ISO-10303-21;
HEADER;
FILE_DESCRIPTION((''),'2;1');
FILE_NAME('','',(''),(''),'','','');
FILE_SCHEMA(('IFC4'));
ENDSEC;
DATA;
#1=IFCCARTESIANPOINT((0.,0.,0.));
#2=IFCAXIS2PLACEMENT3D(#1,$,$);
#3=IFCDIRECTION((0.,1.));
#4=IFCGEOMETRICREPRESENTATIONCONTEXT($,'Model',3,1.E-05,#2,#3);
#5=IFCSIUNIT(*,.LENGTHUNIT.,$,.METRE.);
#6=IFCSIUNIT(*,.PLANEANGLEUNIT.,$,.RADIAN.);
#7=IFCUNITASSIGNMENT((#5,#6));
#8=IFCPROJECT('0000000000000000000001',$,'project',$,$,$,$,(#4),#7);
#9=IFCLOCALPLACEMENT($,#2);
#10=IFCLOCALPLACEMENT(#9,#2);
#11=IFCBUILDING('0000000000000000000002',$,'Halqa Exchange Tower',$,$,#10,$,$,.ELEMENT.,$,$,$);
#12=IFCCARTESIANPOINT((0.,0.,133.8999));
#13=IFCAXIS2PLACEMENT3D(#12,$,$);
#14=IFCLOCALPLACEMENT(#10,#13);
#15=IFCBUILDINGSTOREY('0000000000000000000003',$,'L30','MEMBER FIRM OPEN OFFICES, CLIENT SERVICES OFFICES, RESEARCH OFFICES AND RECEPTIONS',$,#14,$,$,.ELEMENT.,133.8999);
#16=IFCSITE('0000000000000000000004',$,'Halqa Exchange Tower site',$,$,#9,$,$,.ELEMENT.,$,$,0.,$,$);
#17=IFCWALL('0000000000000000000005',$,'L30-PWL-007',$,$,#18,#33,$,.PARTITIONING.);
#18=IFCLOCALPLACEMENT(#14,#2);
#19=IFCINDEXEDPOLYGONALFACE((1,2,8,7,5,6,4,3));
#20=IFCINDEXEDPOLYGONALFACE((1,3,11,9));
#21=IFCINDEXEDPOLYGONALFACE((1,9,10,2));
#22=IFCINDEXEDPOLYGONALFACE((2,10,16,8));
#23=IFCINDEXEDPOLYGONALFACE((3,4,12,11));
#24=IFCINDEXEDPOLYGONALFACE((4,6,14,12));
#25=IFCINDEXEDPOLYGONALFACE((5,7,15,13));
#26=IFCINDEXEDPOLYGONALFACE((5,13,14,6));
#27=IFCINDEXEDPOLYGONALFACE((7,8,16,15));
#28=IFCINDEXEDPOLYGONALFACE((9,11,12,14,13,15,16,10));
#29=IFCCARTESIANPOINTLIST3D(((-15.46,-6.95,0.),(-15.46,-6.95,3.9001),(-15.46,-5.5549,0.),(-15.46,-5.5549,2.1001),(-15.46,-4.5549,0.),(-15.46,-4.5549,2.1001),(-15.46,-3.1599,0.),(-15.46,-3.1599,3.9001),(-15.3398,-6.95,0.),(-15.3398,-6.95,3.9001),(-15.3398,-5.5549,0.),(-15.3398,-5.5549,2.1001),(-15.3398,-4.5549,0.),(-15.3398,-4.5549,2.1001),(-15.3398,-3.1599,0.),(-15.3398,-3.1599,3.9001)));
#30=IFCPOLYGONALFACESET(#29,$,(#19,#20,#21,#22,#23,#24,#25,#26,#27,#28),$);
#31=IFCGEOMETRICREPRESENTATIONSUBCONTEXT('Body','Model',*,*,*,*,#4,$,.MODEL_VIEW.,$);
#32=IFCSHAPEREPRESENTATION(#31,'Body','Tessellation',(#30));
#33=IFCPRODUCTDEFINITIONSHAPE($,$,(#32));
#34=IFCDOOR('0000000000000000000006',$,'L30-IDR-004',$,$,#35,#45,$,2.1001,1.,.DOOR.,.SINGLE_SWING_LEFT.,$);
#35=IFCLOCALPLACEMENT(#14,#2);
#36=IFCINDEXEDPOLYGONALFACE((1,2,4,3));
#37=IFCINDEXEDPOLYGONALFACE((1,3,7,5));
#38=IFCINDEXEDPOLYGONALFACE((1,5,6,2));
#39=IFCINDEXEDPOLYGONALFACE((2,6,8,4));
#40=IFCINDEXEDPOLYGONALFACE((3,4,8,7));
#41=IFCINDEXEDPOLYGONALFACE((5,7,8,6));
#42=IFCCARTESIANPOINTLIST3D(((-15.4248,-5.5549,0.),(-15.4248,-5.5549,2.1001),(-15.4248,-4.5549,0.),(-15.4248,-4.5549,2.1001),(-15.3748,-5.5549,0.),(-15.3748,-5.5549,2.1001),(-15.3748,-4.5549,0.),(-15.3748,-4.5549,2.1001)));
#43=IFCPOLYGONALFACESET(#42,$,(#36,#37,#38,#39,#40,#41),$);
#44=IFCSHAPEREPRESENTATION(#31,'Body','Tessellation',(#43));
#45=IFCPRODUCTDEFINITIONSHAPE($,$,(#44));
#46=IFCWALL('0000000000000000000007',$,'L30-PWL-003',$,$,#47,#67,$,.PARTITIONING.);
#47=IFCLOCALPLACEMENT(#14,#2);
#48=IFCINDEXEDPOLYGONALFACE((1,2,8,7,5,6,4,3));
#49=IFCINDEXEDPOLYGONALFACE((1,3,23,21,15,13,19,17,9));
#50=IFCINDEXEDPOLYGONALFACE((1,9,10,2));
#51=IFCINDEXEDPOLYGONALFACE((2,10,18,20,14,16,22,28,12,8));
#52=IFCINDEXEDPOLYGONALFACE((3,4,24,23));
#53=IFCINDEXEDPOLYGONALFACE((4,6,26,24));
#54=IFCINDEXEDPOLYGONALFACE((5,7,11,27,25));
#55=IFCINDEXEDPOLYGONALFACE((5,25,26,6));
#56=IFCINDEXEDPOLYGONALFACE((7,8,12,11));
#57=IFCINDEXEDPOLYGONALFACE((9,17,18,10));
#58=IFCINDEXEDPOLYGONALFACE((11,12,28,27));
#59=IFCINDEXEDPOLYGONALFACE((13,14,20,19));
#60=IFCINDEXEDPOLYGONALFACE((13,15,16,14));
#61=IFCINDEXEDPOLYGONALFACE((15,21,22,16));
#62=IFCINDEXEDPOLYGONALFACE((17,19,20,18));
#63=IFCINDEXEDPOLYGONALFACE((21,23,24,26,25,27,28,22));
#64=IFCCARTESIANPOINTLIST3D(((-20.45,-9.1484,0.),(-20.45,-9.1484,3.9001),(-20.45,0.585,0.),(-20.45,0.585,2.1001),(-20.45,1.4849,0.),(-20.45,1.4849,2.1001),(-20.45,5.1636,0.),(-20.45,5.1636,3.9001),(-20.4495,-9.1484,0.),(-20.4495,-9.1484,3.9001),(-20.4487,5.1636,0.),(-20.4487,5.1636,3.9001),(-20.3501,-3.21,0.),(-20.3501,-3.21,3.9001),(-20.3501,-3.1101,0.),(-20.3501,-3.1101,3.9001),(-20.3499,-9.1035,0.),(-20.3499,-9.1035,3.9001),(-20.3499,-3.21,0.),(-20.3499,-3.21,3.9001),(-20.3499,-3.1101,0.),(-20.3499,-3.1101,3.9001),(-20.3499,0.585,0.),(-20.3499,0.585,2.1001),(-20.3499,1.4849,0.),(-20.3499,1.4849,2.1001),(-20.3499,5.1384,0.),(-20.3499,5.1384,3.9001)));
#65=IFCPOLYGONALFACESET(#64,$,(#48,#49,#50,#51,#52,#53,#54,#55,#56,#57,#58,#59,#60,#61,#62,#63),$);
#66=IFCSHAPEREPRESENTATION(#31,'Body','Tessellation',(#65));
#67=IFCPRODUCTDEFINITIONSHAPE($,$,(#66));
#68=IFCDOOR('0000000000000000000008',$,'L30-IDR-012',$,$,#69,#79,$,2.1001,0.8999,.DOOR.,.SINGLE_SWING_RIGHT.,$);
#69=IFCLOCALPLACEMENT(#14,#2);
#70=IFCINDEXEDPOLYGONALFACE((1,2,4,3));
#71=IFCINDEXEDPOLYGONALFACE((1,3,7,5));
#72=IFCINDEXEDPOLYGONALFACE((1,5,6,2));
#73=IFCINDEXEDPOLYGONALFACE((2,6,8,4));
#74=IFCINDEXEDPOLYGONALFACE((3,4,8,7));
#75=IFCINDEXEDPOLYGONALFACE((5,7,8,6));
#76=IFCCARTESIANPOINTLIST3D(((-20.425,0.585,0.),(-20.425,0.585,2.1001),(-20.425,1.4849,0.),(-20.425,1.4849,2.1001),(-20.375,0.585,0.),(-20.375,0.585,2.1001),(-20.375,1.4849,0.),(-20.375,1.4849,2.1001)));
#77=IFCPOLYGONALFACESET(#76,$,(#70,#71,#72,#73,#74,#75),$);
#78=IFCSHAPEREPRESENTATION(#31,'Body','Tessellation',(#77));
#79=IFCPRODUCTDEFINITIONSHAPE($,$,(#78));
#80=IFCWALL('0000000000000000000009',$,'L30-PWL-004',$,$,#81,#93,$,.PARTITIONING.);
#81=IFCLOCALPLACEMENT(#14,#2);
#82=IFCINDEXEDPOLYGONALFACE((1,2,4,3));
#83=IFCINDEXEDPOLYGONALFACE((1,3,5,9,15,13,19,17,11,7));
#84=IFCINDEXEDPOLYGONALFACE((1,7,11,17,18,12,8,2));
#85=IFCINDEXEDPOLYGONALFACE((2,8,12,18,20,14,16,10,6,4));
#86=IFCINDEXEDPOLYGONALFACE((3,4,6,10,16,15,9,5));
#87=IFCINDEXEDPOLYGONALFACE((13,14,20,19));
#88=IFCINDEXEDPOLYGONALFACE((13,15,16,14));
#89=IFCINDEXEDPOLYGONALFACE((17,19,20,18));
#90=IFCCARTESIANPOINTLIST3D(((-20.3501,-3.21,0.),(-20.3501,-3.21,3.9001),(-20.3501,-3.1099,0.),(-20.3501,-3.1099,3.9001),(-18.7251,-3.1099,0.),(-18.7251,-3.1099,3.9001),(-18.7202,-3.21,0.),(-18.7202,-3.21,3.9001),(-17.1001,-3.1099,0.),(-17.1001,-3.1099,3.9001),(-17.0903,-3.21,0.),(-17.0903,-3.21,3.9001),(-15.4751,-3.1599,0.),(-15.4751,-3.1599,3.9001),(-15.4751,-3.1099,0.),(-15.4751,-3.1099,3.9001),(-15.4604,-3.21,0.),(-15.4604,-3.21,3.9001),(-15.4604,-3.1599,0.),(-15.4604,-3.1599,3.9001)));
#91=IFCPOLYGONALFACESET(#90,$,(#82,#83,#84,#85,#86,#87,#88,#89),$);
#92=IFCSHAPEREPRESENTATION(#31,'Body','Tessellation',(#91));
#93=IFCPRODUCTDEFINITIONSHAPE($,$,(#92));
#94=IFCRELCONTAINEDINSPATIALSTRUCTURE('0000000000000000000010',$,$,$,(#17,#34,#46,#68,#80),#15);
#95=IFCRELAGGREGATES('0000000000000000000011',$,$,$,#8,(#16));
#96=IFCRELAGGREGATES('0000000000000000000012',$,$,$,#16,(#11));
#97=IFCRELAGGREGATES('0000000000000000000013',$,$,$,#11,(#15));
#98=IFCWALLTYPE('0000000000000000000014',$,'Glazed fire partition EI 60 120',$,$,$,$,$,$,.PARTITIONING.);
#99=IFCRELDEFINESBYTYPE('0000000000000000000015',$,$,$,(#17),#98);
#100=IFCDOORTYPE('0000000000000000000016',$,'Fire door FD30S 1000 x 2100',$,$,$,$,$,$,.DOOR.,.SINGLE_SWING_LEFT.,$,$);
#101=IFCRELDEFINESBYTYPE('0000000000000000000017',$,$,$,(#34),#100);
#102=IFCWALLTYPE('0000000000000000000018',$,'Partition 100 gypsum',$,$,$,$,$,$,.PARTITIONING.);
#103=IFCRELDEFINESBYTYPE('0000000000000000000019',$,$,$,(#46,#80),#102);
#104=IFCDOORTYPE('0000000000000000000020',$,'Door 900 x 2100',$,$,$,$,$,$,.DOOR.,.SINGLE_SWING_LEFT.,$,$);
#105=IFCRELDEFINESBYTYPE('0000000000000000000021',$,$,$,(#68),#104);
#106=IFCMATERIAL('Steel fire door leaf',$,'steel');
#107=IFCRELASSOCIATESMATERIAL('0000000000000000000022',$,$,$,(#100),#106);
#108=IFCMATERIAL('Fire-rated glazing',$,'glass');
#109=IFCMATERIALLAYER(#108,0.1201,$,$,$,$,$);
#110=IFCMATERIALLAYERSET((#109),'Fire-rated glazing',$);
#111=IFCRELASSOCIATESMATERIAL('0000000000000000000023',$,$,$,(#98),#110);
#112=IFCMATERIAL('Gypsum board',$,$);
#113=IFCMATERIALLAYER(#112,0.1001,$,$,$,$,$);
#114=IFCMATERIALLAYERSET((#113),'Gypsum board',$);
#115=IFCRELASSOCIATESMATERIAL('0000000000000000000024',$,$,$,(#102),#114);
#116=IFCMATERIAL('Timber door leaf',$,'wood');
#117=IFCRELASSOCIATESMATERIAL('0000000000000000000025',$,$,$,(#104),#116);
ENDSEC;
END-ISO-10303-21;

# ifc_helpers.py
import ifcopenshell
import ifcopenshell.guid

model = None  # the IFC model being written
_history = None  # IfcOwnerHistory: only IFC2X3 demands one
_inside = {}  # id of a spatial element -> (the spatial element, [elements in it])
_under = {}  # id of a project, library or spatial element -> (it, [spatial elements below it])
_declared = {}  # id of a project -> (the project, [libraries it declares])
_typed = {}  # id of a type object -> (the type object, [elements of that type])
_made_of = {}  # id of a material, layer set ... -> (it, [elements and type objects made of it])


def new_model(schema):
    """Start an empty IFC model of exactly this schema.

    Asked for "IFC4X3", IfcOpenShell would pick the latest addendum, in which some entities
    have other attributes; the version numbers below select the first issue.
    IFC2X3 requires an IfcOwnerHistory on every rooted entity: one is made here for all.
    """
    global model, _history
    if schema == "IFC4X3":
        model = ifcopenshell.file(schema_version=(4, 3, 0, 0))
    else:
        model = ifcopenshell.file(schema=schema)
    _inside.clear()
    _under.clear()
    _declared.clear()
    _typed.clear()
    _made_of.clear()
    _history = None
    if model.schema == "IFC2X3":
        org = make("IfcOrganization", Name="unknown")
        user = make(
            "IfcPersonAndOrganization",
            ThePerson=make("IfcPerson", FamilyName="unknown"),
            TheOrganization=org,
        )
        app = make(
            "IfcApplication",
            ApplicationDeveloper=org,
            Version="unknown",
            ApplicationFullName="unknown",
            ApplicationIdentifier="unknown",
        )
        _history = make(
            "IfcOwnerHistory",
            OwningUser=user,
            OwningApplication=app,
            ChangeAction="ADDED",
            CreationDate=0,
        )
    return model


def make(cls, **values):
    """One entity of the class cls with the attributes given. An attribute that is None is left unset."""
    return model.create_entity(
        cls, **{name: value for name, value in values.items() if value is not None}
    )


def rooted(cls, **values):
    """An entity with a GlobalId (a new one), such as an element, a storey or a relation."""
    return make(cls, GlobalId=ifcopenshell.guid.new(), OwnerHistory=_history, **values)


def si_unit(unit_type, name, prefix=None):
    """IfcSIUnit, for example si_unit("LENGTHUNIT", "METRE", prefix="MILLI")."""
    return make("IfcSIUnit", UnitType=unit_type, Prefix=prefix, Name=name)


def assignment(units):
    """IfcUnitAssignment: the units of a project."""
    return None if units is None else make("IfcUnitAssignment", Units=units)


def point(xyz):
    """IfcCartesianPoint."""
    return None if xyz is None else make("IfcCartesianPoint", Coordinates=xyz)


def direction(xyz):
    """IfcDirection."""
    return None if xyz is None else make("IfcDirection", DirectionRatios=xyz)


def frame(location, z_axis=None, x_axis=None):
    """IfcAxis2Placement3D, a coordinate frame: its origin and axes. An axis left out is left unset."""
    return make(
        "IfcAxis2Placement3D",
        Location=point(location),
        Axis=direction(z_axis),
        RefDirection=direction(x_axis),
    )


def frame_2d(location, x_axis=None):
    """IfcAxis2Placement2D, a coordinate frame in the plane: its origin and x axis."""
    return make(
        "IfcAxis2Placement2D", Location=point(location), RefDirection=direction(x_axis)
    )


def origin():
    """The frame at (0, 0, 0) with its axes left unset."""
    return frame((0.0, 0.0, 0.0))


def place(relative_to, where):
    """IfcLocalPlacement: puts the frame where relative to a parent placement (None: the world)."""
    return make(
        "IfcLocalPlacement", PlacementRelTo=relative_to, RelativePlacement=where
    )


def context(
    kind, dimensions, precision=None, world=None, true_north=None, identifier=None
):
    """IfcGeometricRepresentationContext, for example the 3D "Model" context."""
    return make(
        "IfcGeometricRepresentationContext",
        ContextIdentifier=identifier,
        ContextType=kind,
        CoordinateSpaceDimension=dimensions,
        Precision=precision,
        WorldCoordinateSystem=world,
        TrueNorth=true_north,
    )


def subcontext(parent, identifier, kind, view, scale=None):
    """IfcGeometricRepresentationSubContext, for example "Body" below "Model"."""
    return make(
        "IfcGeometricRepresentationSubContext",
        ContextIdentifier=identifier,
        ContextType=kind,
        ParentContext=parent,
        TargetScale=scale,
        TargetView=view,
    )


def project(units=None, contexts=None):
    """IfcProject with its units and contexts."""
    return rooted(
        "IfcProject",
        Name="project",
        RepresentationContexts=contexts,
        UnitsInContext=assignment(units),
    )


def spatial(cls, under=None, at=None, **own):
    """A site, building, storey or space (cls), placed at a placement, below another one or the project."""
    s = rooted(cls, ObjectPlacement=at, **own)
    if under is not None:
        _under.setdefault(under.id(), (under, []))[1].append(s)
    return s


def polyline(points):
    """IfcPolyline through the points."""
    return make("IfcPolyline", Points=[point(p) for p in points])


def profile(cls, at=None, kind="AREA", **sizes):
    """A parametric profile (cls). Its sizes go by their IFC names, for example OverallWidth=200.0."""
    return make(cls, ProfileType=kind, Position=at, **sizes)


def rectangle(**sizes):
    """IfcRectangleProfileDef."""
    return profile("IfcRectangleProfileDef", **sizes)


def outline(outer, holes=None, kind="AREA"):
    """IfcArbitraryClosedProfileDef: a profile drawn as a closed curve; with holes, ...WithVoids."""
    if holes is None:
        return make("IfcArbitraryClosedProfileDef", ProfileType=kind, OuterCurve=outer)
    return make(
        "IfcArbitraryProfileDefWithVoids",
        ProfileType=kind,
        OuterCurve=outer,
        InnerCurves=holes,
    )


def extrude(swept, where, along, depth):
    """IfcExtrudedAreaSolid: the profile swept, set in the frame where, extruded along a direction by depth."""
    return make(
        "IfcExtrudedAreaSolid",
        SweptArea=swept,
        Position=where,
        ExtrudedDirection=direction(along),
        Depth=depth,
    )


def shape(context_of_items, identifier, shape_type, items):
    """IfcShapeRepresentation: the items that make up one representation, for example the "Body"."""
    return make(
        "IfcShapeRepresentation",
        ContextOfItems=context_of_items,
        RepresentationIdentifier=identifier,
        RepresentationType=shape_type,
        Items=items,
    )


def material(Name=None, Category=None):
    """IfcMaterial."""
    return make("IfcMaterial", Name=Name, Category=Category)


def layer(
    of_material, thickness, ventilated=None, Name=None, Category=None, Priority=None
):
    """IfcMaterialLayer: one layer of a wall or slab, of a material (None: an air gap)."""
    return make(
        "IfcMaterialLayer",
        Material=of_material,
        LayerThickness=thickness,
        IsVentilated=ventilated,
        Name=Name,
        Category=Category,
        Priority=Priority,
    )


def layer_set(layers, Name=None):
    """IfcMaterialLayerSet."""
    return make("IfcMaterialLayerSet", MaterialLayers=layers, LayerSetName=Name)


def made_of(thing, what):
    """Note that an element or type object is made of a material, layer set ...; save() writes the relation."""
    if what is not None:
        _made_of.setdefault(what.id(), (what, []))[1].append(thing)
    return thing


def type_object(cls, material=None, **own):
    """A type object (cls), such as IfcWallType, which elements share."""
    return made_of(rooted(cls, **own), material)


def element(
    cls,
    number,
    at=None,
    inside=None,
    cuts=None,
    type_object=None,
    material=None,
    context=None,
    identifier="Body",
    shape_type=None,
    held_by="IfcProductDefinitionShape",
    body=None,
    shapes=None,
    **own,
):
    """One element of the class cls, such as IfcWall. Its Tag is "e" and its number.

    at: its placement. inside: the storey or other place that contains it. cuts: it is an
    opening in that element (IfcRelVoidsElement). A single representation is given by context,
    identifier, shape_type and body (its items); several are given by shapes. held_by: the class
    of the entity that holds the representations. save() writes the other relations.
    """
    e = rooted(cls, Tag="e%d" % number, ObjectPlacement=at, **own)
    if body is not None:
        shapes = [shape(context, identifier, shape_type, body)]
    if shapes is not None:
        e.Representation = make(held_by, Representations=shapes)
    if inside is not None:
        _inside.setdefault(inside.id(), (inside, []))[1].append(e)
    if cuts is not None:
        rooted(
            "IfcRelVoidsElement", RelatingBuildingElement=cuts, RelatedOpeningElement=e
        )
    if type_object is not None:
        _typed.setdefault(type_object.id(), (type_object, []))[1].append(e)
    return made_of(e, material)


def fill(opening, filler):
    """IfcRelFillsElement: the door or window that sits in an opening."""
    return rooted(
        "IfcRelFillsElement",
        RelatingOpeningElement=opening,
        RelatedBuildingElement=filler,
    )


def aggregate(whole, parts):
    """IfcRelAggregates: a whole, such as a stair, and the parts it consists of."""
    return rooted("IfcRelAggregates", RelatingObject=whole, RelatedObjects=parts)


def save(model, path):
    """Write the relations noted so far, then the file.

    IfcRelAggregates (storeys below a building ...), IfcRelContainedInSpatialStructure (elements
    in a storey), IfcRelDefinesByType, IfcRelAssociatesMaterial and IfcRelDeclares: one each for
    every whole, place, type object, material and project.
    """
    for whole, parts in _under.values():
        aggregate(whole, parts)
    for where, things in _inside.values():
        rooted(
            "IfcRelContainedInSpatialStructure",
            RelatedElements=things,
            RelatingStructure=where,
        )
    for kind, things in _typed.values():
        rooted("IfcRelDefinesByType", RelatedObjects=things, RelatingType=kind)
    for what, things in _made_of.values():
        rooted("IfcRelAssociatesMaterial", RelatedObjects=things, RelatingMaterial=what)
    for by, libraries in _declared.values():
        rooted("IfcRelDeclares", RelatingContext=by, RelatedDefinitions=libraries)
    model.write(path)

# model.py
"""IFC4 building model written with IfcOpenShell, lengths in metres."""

from ifc_helpers import new_model, si_unit, direction, frame, frame_2d, origin, place, context, subcontext, project, spatial, polyline, rectangle, outline, extrude, material, layer, layer_set, type_object, element, fill, save


model = new_model("IFC4")

# Units and contexts
model_context = context("Model", 3, precision=1e-05, world=origin(), true_north=direction((0.0, 1.0)))
body_context = subcontext(model_context, "Body", "Model", "MODEL_VIEW")
ifc_project = project(units=[si_unit("LENGTHUNIT", "METRE"), si_unit("PLANEANGLEUNIT", "RADIAN")], contexts=[model_context])

# Site, building, storey
site_placement = place(None, origin())
site = spatial("IfcSite", under=ifc_project, at=site_placement, Name="Halqa Exchange Tower site", CompositionType="ELEMENT", RefElevation=0.0)
building_placement = place(site_placement, origin())
building = spatial("IfcBuilding", under=site, at=building_placement, Name="Halqa Exchange Tower", CompositionType="ELEMENT")
storey_placement = place(building_placement, frame((0.0, 0.0, 133.8999)))
storey = spatial("IfcBuildingStorey", under=building, at=storey_placement, Name="L30", Description="MEMBER FIRM OPEN OFFICES, CLIENT SERVICES OFFICES, RESEARCH OFFICES AND RECEPTIONS", CompositionType="ELEMENT", Elevation=133.8999)

# Shared definitions
ifc_material_1 = material(Name="Steel fire door leaf", Category="steel")
door_type_1 = type_object("IfcDoorType", Name="Fire door FD30S 1000 x 2100", OperationType="SINGLE_SWING_LEFT", PredefinedType="DOOR", material=ifc_material_1)

# Walls, openings, doors
ifc_material_2 = material(Name="Fire-rated glazing", Category="glass")
ifc_layer_1 = layer(ifc_material_2, 0.1201)
ifc_layer_set_1 = layer_set([ifc_layer_1], Name="Fire-rated glazing")
wall_type_1 = type_object("IfcWallType", Name="Glazed fire partition EI 60 120", PredefinedType="PARTITIONING", material=ifc_layer_set_1)
wall_1_placement = place(storey_placement, frame((-15.3999, -6.95, 0.0), z_axis=(0.0, 0.0, 1.0), x_axis=(0.0, 1.0, 0.0)))
wall_1 = element("IfcWall", 1, at=wall_1_placement, inside=storey, type_object=wall_type_1, Name="L30-PWL-007", PredefinedType="PARTITIONING", context=body_context, shape_type="SweptSolid", body=[
    extrude(rectangle(XDim=3.79, YDim=0.1201, at=frame_2d((1.895, 0.0))), origin(), (0.0, 0.0, 1.0), 3.9001),
])
opening_1_placement = place(wall_1_placement, frame((1.395, 0.0, 0.0)))
opening_1 = element("IfcOpeningElement", 2, at=opening_1_placement, cuts=wall_1, PredefinedType="OPENING", context=body_context, shape_type="SweptSolid", body=[
    extrude(rectangle(XDim=1.0, YDim=2.1001, at=frame_2d((0.5, 1.05))), frame((0.0, 0.072, 0.0), z_axis=(0.0, -1.0, 0.0), x_axis=(1.0, 0.0, 0.0)), (0.0, 0.0, 1.0), 0.144),
])
door_1_placement = place(opening_1_placement, origin())
door_1 = element("IfcDoor", 3, at=door_1_placement, inside=storey, type_object=door_type_1, Name="L30-IDR-004", OperationType="SINGLE_SWING_LEFT", OverallHeight=2.1001, OverallWidth=1.0, PredefinedType="DOOR", context=body_context, shape_type="SweptSolid", body=[
    extrude(rectangle(XDim=1.0, YDim=2.1001, at=frame_2d((0.5, 1.05))), frame((0.0, 0.0249, 0.0), z_axis=(0.0, -1.0, 0.0), x_axis=(1.0, 0.0, 0.0)), (0.0, 0.0, 1.0), 0.05),
])
fill(opening_1, door_1)
ifc_material_3 = material(Name="Gypsum board")
ifc_layer_2 = layer(ifc_material_3, 0.1001)
ifc_layer_set_2 = layer_set([ifc_layer_2], Name="Gypsum board")
wall_type_2 = type_object("IfcWallType", Name="Partition 100 gypsum", PredefinedType="PARTITIONING", material=ifc_layer_set_2)
wall_2_placement = place(storey_placement, frame((-20.3999, -9.1484, 0.0), z_axis=(0.0, 0.0, 1.0), x_axis=(0.0, 1.0, 0.0)))
wall_2 = element("IfcWall", 4, at=wall_2_placement, inside=storey, type_object=wall_type_2, Name="L30-PWL-003", PredefinedType="PARTITIONING", context=body_context, shape_type="SweptSolid", body=[
    extrude(outline(polyline([(0.0449, -0.05), (2.0095, -0.05), (3.9739, -0.05), (5.9385, -0.05), (5.9385, -0.0498), (6.0383, -0.0498), (6.0383, -0.05), (7.688, -0.05), (9.3379, -0.05), (10.9875, -0.05), (12.6372, -0.05), (14.2869, -0.05), (14.312, 0.0488), (14.312, 0.05), (12.5229, 0.05), (10.7339, 0.05), (8.9451, 0.05), (7.156, 0.05), (5.3669, 0.05), (3.5781, 0.05), (1.7891, 0.05), (0.0, 0.05), (0.0, 0.0496), (0.0449, -0.05)])), origin(), (0.0, 0.0, 1.0), 3.9001),
])
opening_2_placement = place(wall_2_placement, frame((9.7334, 0.0, 0.0)))
opening_2 = element("IfcOpeningElement", 5, at=opening_2_placement, cuts=wall_2, PredefinedType="OPENING", context=body_context, shape_type="SweptSolid", body=[
    extrude(rectangle(XDim=0.8999, YDim=2.1001, at=frame_2d((0.45, 1.05))), frame((0.0, 0.062, 0.0), z_axis=(0.0, -1.0, 0.0), x_axis=(1.0, 0.0, 0.0)), (0.0, 0.0, 1.0), 0.124),
])
ifc_material_4 = material(Name="Timber door leaf", Category="wood")
door_type_2 = type_object("IfcDoorType", Name="Door 900 x 2100", OperationType="SINGLE_SWING_LEFT", PredefinedType="DOOR", material=ifc_material_4)
door_2_placement = place(opening_2_placement, frame((0.8999, 0.0, 0.0), z_axis=(0.0, 0.0, 1.0), x_axis=(-1.0, 0.0, 0.0)))
door_2 = element("IfcDoor", 6, at=door_2_placement, inside=storey, type_object=door_type_2, Name="L30-IDR-012", OperationType="SINGLE_SWING_RIGHT", OverallHeight=2.1001, OverallWidth=0.8999, PredefinedType="DOOR", context=body_context, shape_type="SweptSolid", body=[
    extrude(rectangle(XDim=0.8999, YDim=2.1001, at=frame_2d((0.45, 1.05))), frame((0.0, 0.0249, 0.0), z_axis=(0.0, -1.0, 0.0), x_axis=(1.0, 0.0, 0.0)), (0.0, 0.0, 1.0), 0.05),
])
fill(opening_2, door_2)

# Wall
wall_3_placement = place(storey_placement, frame((-20.3501, -3.1599, 0.0), z_axis=(0.0, 0.0, 1.0), x_axis=(1.0, 0.0, 0.0)))
element("IfcWall", 7, at=wall_3_placement, inside=storey, type_object=wall_type_2, Name="L30-PWL-004", PredefinedType="PARTITIONING", context=body_context, shape_type="SweptSolid", body=[
    extrude(outline(polyline([(4.8896, -0.05), (4.8896, 0.0), (4.875, 0.0), (4.875, 0.05), (3.25, 0.05), (1.625, 0.05), (0.0, 0.05), (0.0, -0.05), (1.6299, -0.05), (3.2598, -0.05), (4.8896, -0.05)])), origin(), (0.0, 0.0, 1.0), 3.9001),
])

save(model, "model.ifc")
